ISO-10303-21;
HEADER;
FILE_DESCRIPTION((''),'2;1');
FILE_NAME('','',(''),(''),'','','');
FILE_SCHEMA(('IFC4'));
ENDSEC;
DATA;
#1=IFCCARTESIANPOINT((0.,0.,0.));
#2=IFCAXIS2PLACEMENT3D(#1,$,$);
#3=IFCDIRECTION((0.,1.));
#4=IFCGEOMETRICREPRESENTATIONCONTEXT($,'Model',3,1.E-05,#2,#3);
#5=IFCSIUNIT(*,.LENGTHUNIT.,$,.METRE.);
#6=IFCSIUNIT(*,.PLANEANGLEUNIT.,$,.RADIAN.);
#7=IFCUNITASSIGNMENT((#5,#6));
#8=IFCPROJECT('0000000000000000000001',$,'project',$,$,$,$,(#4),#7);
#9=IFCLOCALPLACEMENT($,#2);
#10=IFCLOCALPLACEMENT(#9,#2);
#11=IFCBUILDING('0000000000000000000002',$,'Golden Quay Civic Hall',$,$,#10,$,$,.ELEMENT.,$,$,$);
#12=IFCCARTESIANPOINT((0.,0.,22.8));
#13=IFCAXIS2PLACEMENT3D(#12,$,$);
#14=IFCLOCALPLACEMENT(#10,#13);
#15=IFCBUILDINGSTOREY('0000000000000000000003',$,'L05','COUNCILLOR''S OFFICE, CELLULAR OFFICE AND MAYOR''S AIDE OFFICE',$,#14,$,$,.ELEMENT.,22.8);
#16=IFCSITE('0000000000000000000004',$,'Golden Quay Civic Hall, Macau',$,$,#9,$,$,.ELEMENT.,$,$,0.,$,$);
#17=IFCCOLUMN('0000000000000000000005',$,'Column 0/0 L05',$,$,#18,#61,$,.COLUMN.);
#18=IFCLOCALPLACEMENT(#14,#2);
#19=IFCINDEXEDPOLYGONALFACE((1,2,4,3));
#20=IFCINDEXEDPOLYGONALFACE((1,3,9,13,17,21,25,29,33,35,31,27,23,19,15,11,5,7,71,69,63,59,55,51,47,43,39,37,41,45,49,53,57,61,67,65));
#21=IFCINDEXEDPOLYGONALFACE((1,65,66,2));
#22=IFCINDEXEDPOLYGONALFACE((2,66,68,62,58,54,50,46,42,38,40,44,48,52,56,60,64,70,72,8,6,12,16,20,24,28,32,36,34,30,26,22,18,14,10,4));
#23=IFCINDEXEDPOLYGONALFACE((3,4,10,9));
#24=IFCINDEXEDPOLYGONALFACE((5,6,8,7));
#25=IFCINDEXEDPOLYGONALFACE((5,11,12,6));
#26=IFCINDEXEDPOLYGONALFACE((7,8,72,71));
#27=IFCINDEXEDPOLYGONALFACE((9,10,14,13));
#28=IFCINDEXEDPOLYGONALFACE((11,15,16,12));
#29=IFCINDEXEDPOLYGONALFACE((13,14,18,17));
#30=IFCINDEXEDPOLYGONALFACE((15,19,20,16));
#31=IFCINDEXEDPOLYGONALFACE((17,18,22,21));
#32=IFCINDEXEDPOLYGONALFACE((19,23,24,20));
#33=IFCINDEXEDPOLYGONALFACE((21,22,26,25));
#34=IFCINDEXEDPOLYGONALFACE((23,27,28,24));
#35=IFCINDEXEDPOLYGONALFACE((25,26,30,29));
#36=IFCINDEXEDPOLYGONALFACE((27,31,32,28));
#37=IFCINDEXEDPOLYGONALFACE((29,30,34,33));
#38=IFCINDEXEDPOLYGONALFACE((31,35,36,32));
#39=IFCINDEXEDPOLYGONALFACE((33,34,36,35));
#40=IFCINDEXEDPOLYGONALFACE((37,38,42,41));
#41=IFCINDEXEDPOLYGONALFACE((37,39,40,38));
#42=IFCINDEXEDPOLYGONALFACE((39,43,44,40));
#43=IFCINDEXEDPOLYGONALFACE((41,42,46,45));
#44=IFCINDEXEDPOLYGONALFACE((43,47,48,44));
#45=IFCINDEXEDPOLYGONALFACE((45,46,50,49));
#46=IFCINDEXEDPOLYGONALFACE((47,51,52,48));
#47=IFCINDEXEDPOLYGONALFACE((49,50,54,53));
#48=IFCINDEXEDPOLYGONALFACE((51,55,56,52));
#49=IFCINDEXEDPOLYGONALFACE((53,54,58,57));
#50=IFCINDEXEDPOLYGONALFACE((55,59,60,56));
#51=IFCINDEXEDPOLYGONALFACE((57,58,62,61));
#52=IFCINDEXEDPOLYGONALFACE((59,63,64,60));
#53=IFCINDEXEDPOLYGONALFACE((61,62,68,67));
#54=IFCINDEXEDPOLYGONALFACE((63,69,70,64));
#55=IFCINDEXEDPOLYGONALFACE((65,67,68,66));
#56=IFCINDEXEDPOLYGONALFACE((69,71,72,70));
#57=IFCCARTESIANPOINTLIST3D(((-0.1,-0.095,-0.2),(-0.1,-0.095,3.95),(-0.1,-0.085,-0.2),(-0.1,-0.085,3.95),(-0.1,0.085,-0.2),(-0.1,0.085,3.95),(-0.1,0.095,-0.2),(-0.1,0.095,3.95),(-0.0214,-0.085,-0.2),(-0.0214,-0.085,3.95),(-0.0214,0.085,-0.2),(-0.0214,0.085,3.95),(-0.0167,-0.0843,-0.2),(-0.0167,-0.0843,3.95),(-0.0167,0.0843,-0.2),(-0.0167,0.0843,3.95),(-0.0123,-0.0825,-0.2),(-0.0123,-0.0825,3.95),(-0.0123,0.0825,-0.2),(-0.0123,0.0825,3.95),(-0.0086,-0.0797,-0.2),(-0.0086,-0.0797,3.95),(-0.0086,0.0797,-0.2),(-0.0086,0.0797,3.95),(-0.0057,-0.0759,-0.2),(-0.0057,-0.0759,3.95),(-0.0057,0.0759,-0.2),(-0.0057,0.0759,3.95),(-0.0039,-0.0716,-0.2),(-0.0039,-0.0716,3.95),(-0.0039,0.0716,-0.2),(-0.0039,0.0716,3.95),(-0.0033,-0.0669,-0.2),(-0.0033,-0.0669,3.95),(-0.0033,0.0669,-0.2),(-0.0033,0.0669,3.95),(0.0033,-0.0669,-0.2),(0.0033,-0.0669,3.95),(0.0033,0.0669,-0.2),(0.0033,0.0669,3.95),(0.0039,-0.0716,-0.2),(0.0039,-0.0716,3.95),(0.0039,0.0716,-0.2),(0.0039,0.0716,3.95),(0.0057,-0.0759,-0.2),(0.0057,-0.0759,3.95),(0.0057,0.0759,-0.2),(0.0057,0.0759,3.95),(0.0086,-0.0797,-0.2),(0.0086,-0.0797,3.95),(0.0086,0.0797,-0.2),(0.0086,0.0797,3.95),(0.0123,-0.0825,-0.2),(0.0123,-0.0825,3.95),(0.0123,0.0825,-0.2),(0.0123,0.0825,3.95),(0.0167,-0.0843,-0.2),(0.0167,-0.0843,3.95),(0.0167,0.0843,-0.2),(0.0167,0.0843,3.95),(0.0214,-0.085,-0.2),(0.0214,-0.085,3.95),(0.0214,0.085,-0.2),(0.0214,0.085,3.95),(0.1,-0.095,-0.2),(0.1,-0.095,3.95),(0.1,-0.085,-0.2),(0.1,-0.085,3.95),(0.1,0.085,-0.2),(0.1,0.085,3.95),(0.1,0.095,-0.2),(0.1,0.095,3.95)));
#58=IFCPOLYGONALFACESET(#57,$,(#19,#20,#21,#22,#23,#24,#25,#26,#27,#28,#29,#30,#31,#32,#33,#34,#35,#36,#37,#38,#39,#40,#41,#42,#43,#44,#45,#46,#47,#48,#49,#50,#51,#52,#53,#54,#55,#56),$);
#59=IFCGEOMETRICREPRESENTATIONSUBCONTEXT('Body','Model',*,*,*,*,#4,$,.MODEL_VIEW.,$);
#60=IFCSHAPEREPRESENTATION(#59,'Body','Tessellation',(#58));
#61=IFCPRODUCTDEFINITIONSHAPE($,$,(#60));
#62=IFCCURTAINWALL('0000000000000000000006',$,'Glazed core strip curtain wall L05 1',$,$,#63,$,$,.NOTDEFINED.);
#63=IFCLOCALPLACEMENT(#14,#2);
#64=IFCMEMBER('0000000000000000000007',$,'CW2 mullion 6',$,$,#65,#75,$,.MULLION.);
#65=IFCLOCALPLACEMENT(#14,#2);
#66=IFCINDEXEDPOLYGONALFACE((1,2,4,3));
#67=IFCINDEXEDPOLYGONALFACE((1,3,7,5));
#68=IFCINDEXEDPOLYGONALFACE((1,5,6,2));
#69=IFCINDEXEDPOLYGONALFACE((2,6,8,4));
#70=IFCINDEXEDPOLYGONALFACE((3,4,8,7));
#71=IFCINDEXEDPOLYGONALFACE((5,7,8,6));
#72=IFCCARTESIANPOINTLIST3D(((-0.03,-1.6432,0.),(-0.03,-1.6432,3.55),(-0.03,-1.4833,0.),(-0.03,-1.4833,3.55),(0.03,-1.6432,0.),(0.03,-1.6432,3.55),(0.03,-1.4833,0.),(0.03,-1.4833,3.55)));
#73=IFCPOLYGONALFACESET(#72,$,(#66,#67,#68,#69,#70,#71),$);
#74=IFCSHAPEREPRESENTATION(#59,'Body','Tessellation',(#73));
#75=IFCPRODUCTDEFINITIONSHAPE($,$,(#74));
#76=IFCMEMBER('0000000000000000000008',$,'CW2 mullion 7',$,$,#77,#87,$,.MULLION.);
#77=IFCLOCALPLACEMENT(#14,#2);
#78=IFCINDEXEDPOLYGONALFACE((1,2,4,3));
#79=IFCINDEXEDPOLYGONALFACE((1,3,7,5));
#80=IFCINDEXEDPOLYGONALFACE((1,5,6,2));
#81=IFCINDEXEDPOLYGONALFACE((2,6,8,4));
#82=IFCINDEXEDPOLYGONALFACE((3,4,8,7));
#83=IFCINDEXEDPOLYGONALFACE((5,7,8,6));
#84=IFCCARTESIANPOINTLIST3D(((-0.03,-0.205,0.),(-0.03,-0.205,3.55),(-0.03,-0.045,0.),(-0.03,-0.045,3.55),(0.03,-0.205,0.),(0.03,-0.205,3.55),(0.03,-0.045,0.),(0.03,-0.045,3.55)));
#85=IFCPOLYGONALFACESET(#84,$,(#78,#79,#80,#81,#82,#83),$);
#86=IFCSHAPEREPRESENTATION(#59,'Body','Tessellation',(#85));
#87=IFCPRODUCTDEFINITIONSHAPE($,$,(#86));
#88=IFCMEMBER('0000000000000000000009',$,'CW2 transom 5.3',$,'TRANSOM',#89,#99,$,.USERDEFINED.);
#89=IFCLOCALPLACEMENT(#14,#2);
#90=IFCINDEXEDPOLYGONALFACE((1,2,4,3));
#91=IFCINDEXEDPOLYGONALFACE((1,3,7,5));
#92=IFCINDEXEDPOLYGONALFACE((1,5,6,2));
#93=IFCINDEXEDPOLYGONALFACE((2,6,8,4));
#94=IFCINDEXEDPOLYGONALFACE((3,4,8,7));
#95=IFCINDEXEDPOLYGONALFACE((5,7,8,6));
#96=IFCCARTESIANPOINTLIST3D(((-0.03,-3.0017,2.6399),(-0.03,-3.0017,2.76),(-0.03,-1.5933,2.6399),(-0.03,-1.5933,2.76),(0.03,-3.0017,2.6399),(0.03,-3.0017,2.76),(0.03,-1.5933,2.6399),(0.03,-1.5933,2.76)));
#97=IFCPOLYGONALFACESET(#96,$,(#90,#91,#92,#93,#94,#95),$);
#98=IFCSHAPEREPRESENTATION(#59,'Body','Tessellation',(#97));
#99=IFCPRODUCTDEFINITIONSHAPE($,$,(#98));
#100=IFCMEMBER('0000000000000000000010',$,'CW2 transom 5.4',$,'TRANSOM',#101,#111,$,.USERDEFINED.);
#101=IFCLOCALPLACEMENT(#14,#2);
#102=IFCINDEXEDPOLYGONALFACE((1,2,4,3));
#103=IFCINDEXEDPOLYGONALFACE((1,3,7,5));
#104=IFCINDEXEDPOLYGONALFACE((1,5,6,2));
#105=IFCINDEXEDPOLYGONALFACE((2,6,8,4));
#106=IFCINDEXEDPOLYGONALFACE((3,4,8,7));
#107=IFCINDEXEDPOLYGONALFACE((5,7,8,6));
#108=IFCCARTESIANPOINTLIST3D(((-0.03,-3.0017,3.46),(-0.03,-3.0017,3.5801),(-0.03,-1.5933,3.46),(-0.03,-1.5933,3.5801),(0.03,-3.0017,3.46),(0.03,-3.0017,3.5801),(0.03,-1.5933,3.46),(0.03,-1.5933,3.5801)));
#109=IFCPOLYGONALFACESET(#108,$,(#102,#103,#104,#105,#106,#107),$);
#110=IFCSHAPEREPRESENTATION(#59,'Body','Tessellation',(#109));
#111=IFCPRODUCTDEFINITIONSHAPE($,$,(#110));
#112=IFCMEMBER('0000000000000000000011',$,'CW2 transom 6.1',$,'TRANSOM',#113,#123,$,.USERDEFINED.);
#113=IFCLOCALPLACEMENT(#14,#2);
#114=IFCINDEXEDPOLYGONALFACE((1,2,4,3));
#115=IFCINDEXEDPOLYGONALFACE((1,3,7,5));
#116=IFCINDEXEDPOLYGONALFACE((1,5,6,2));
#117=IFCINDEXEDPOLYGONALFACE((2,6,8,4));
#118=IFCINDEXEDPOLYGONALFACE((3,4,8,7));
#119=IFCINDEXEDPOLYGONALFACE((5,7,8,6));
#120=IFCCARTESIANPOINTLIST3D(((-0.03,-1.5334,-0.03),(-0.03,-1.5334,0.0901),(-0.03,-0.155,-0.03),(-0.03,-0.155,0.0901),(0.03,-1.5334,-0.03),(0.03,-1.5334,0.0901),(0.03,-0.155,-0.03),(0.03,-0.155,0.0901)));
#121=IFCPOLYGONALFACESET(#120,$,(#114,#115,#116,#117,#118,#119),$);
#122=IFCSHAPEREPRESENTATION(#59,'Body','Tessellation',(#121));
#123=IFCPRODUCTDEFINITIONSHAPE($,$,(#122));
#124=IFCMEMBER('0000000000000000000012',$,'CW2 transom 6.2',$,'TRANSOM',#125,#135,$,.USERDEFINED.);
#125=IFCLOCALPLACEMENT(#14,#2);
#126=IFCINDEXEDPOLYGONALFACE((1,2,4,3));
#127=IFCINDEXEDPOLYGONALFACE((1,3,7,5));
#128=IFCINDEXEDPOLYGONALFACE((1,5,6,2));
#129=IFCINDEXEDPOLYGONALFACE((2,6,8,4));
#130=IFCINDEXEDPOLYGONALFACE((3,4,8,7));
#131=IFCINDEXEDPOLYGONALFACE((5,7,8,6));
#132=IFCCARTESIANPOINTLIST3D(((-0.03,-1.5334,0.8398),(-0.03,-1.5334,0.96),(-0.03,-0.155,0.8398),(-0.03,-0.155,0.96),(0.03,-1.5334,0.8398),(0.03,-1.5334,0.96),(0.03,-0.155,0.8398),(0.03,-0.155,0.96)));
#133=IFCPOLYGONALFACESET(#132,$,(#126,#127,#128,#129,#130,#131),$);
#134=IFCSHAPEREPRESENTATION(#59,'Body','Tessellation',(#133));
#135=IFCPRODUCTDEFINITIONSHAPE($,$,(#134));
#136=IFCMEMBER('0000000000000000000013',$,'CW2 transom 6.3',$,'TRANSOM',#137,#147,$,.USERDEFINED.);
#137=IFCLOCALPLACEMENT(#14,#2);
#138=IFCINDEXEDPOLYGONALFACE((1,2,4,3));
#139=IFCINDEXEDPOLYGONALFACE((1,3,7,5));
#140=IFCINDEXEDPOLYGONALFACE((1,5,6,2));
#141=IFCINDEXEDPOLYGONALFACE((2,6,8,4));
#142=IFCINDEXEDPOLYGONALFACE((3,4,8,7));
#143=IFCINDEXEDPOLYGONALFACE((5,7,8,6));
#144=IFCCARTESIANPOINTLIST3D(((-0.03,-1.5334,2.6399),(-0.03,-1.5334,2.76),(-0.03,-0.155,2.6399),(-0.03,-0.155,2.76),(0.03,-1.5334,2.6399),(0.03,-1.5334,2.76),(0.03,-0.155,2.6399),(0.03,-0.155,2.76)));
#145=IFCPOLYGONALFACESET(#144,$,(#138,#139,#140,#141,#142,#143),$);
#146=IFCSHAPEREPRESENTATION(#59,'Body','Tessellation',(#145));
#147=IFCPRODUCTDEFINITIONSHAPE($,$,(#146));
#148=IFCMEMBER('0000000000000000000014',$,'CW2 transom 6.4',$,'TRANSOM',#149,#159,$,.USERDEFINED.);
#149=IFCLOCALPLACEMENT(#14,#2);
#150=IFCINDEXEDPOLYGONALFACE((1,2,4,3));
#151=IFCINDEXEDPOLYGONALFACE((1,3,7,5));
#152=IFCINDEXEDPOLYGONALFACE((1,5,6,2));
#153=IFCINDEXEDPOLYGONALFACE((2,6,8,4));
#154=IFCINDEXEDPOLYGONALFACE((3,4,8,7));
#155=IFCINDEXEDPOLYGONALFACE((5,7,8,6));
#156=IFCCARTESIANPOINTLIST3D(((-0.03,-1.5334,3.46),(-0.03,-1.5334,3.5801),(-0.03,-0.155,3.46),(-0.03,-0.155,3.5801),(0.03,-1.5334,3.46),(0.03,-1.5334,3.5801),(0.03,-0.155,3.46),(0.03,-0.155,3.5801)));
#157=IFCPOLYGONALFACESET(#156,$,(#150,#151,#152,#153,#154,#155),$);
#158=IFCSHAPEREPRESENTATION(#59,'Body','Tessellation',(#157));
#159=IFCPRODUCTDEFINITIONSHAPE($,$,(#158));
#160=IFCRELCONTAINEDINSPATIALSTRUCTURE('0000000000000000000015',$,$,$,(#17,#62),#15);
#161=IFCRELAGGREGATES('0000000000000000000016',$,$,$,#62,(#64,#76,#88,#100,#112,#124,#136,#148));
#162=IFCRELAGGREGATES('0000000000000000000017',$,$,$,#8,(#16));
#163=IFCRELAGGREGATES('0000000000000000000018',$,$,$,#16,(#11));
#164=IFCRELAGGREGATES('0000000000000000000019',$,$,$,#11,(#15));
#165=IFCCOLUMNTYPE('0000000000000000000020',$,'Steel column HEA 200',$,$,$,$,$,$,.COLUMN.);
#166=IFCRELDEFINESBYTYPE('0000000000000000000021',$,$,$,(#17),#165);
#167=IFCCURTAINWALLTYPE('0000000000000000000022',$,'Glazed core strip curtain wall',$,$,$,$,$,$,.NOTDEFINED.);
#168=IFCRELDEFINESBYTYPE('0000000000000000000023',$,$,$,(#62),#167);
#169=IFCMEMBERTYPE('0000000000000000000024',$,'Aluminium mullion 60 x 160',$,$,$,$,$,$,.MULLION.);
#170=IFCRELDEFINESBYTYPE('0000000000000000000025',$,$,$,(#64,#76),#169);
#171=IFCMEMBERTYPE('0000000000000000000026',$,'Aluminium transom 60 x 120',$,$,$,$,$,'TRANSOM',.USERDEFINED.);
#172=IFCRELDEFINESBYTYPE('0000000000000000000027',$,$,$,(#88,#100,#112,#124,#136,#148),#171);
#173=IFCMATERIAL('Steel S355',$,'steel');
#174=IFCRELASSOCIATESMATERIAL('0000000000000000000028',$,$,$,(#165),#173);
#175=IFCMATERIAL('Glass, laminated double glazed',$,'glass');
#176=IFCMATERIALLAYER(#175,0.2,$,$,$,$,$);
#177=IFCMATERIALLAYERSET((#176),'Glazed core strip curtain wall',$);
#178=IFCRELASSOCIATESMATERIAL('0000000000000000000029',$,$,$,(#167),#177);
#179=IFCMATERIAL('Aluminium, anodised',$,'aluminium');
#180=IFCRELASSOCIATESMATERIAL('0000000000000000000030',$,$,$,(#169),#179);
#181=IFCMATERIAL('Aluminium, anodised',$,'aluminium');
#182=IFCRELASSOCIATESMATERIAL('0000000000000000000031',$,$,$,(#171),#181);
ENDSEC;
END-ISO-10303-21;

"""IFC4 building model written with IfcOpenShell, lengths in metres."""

from ifc_helpers import new_model, si_unit, direction, frame, origin, origin_2d, place, context, subcontext, project, spatial, rectangle, i_section, extrude, material, layer, layer_set, material_profile, profile_set, type_object, element, aggregate, save


model = new_model("IFC4")

# Units and contexts
model_context = context("Model", 3, precision=1e-05, world=origin(), true_north=direction((0.0, 1.0)))
body_context = subcontext(model_context, "Body", "Model", "MODEL_VIEW")
ifc_project = project(units=[si_unit("LENGTHUNIT", "METRE"), si_unit("PLANEANGLEUNIT", "RADIAN")], contexts=[model_context])

# Site, building, storey
site_placement = place(None, origin())
site = spatial("IfcSite", under=ifc_project, at=site_placement, Name="Golden Quay Civic Hall, Macau", CompositionType="ELEMENT", RefElevation=0.0)
building_placement = place(site_placement, origin())
building = spatial("IfcBuilding", under=site, at=building_placement, Name="Golden Quay Civic Hall", CompositionType="ELEMENT")
storey_placement = place(building_placement, frame((0.0, 0.0, 22.8)))
storey = spatial("IfcBuildingStorey", under=building, at=storey_placement, Name="L05", Description="COUNCILLOR'S OFFICE, CELLULAR OFFICE AND MAYOR'S AIDE OFFICE", CompositionType="ELEMENT", Elevation=22.8)

# Column
ifc_material_1 = material(Name="Steel S355", Category="steel")
ifc_material_profile_1 = material_profile(ifc_material_1, i_section(OverallWidth=0.2, OverallDepth=0.1899, WebThickness=0.0066, FlangeThickness=0.01, FilletRadius=0.0181, at=origin_2d()), Name="HEA 200")
ifc_profile_set_1 = profile_set([ifc_material_profile_1], Name="Steel S355")
column_type = type_object("IfcColumnType", Name="Steel column HEA 200", PredefinedType="COLUMN", material=ifc_profile_set_1)
column_placement = place(storey_placement, frame((0.0, 0.0, -0.2), z_axis=(0.0, 0.0, 1.0), x_axis=(1.0, 0.0, 0.0)))
element("IfcColumn", 1, at=column_placement, inside=storey, type_object=column_type, Name="Column 0/0 L05", PredefinedType="COLUMN", context=body_context, shape_type="SweptSolid", body=[
    extrude(i_section(OverallWidth=0.2, OverallDepth=0.1899, WebThickness=0.0066, FlangeThickness=0.01, FilletRadius=0.0181, at=origin_2d()), origin(), (0.0, 0.0, 1.0), 4.1499),
])

# Curtain wall, members
ifc_material_2 = material(Name="Glass, laminated double glazed", Category="glass")
ifc_layer_1 = layer(ifc_material_2, 0.2)
ifc_layer_set_1 = layer_set([ifc_layer_1], Name="Glazed core strip curtain wall")
curtain_wall_type = type_object("IfcCurtainWallType", Name="Glazed core strip curtain wall", PredefinedType="NOTDEFINED", material=ifc_layer_set_1)
curtain_wall_placement = place(storey_placement, origin())
curtain_wall = element("IfcCurtainWall", 2, at=curtain_wall_placement, inside=storey, type_object=curtain_wall_type, Name="Glazed core strip curtain wall L05 1", PredefinedType="NOTDEFINED")
ifc_material_3 = material(Name="Aluminium, anodised", Category="aluminium")
ifc_material_profile_2 = material_profile(ifc_material_3, rectangle(XDim=0.0601, YDim=0.1599, at=origin_2d()), Name="Aluminium 60 x 160")
ifc_profile_set_2 = profile_set([ifc_material_profile_2], Name="Aluminium, anodised")
member_type_1 = type_object("IfcMemberType", Name="Aluminium mullion 60 x 160", PredefinedType="MULLION", material=ifc_profile_set_2)
member_1_placement = place(storey_placement, frame((0.0, -1.5632, 0.0), z_axis=(0.0, 0.0, 1.0), x_axis=(-1.0, 0.0, 0.0)))
member_1 = element("IfcMember", 3, at=member_1_placement, type_object=member_type_1, Name="CW2 mullion 6", PredefinedType="MULLION", context=body_context, shape_type="SweptSolid", body=[
    extrude(rectangle(XDim=0.0601, YDim=0.1599, at=origin_2d()), origin(), (0.0, 0.0, 1.0), 3.55),
])
member_2_placement = place(storey_placement, frame((0.0, -0.125, 0.0), z_axis=(0.0, 0.0, 1.0), x_axis=(-1.0, 0.0, 0.0)))
member_2 = element("IfcMember", 4, at=member_2_placement, type_object=member_type_1, Name="CW2 mullion 7", PredefinedType="MULLION", context=body_context, shape_type="SweptSolid", body=[
    extrude(rectangle(XDim=0.0601, YDim=0.1599, at=origin_2d()), origin(), (0.0, 0.0, 1.0), 3.55),
])
ifc_material_4 = material(Name="Aluminium, anodised", Category="aluminium")
ifc_material_profile_3 = material_profile(ifc_material_4, rectangle(XDim=0.0601, YDim=0.1201, at=origin_2d()), Name="Aluminium 60 x 120")
ifc_profile_set_3 = profile_set([ifc_material_profile_3], Name="Aluminium, anodised")
member_type_2 = type_object("IfcMemberType", Name="Aluminium transom 60 x 120", ElementType="TRANSOM", PredefinedType="USERDEFINED", material=ifc_profile_set_3)
member_3_placement = place(storey_placement, frame((0.0, -3.0017, 2.7), z_axis=(0.0, 1.0, 0.0), x_axis=(-1.0, 0.0, 0.0)))
member_3 = element("IfcMember", 5, at=member_3_placement, type_object=member_type_2, Name="CW2 transom 5.3", ObjectType="TRANSOM", PredefinedType="USERDEFINED", context=body_context, shape_type="SweptSolid", body=[
    extrude(rectangle(XDim=0.0601, YDim=0.1201, at=origin_2d()), origin(), (0.0, 0.0, 1.0), 1.4084),
])
member_4_placement = place(storey_placement, frame((0.0, -3.0017, 3.52), z_axis=(0.0, 1.0, 0.0), x_axis=(-1.0, 0.0, 0.0)))
member_4 = element("IfcMember", 6, at=member_4_placement, type_object=member_type_2, Name="CW2 transom 5.4", ObjectType="TRANSOM", PredefinedType="USERDEFINED", context=body_context, shape_type="SweptSolid", body=[
    extrude(rectangle(XDim=0.0601, YDim=0.1201, at=origin_2d()), origin(), (0.0, 0.0, 1.0), 1.4084),
])
member_5_placement = place(storey_placement, frame((0.0, -1.5334, 0.03), z_axis=(0.0, 1.0, 0.0), x_axis=(-1.0, 0.0, 0.0)))
member_5 = element("IfcMember", 7, at=member_5_placement, type_object=member_type_2, Name="CW2 transom 6.1", ObjectType="TRANSOM", PredefinedType="USERDEFINED", context=body_context, shape_type="SweptSolid", body=[
    extrude(rectangle(XDim=0.0601, YDim=0.1201, at=origin_2d()), origin(), (0.0, 0.0, 1.0), 1.3784),
])
member_6_placement = place(storey_placement, frame((0.0, -1.5334, 0.8999), z_axis=(0.0, 1.0, 0.0), x_axis=(-1.0, 0.0, 0.0)))
member_6 = element("IfcMember", 8, at=member_6_placement, type_object=member_type_2, Name="CW2 transom 6.2", ObjectType="TRANSOM", PredefinedType="USERDEFINED", context=body_context, shape_type="SweptSolid", body=[
    extrude(rectangle(XDim=0.0601, YDim=0.1201, at=origin_2d()), origin(), (0.0, 0.0, 1.0), 1.3784),
])
member_7_placement = place(storey_placement, frame((0.0, -1.5334, 2.7), z_axis=(0.0, 1.0, 0.0), x_axis=(-1.0, 0.0, 0.0)))
member_7 = element("IfcMember", 9, at=member_7_placement, type_object=member_type_2, Name="CW2 transom 6.3", ObjectType="TRANSOM", PredefinedType="USERDEFINED", context=body_context, shape_type="SweptSolid", body=[
    extrude(rectangle(XDim=0.0601, YDim=0.1201, at=origin_2d()), origin(), (0.0, 0.0, 1.0), 1.3784),
])
member_8_placement = place(storey_placement, frame((0.0, -1.5334, 3.52), z_axis=(0.0, 1.0, 0.0), x_axis=(-1.0, 0.0, 0.0)))
member_8 = element("IfcMember", 10, at=member_8_placement, type_object=member_type_2, Name="CW2 transom 6.4", ObjectType="TRANSOM", PredefinedType="USERDEFINED", context=body_context, shape_type="SweptSolid", body=[
    extrude(rectangle(XDim=0.0601, YDim=0.1201, at=origin_2d()), origin(), (0.0, 0.0, 1.0), 1.3784),
])

aggregate(curtain_wall, [member_1, member_2, member_3, member_4, member_5, member_6, member_7, member_8])

save(model, "model.ifc")
